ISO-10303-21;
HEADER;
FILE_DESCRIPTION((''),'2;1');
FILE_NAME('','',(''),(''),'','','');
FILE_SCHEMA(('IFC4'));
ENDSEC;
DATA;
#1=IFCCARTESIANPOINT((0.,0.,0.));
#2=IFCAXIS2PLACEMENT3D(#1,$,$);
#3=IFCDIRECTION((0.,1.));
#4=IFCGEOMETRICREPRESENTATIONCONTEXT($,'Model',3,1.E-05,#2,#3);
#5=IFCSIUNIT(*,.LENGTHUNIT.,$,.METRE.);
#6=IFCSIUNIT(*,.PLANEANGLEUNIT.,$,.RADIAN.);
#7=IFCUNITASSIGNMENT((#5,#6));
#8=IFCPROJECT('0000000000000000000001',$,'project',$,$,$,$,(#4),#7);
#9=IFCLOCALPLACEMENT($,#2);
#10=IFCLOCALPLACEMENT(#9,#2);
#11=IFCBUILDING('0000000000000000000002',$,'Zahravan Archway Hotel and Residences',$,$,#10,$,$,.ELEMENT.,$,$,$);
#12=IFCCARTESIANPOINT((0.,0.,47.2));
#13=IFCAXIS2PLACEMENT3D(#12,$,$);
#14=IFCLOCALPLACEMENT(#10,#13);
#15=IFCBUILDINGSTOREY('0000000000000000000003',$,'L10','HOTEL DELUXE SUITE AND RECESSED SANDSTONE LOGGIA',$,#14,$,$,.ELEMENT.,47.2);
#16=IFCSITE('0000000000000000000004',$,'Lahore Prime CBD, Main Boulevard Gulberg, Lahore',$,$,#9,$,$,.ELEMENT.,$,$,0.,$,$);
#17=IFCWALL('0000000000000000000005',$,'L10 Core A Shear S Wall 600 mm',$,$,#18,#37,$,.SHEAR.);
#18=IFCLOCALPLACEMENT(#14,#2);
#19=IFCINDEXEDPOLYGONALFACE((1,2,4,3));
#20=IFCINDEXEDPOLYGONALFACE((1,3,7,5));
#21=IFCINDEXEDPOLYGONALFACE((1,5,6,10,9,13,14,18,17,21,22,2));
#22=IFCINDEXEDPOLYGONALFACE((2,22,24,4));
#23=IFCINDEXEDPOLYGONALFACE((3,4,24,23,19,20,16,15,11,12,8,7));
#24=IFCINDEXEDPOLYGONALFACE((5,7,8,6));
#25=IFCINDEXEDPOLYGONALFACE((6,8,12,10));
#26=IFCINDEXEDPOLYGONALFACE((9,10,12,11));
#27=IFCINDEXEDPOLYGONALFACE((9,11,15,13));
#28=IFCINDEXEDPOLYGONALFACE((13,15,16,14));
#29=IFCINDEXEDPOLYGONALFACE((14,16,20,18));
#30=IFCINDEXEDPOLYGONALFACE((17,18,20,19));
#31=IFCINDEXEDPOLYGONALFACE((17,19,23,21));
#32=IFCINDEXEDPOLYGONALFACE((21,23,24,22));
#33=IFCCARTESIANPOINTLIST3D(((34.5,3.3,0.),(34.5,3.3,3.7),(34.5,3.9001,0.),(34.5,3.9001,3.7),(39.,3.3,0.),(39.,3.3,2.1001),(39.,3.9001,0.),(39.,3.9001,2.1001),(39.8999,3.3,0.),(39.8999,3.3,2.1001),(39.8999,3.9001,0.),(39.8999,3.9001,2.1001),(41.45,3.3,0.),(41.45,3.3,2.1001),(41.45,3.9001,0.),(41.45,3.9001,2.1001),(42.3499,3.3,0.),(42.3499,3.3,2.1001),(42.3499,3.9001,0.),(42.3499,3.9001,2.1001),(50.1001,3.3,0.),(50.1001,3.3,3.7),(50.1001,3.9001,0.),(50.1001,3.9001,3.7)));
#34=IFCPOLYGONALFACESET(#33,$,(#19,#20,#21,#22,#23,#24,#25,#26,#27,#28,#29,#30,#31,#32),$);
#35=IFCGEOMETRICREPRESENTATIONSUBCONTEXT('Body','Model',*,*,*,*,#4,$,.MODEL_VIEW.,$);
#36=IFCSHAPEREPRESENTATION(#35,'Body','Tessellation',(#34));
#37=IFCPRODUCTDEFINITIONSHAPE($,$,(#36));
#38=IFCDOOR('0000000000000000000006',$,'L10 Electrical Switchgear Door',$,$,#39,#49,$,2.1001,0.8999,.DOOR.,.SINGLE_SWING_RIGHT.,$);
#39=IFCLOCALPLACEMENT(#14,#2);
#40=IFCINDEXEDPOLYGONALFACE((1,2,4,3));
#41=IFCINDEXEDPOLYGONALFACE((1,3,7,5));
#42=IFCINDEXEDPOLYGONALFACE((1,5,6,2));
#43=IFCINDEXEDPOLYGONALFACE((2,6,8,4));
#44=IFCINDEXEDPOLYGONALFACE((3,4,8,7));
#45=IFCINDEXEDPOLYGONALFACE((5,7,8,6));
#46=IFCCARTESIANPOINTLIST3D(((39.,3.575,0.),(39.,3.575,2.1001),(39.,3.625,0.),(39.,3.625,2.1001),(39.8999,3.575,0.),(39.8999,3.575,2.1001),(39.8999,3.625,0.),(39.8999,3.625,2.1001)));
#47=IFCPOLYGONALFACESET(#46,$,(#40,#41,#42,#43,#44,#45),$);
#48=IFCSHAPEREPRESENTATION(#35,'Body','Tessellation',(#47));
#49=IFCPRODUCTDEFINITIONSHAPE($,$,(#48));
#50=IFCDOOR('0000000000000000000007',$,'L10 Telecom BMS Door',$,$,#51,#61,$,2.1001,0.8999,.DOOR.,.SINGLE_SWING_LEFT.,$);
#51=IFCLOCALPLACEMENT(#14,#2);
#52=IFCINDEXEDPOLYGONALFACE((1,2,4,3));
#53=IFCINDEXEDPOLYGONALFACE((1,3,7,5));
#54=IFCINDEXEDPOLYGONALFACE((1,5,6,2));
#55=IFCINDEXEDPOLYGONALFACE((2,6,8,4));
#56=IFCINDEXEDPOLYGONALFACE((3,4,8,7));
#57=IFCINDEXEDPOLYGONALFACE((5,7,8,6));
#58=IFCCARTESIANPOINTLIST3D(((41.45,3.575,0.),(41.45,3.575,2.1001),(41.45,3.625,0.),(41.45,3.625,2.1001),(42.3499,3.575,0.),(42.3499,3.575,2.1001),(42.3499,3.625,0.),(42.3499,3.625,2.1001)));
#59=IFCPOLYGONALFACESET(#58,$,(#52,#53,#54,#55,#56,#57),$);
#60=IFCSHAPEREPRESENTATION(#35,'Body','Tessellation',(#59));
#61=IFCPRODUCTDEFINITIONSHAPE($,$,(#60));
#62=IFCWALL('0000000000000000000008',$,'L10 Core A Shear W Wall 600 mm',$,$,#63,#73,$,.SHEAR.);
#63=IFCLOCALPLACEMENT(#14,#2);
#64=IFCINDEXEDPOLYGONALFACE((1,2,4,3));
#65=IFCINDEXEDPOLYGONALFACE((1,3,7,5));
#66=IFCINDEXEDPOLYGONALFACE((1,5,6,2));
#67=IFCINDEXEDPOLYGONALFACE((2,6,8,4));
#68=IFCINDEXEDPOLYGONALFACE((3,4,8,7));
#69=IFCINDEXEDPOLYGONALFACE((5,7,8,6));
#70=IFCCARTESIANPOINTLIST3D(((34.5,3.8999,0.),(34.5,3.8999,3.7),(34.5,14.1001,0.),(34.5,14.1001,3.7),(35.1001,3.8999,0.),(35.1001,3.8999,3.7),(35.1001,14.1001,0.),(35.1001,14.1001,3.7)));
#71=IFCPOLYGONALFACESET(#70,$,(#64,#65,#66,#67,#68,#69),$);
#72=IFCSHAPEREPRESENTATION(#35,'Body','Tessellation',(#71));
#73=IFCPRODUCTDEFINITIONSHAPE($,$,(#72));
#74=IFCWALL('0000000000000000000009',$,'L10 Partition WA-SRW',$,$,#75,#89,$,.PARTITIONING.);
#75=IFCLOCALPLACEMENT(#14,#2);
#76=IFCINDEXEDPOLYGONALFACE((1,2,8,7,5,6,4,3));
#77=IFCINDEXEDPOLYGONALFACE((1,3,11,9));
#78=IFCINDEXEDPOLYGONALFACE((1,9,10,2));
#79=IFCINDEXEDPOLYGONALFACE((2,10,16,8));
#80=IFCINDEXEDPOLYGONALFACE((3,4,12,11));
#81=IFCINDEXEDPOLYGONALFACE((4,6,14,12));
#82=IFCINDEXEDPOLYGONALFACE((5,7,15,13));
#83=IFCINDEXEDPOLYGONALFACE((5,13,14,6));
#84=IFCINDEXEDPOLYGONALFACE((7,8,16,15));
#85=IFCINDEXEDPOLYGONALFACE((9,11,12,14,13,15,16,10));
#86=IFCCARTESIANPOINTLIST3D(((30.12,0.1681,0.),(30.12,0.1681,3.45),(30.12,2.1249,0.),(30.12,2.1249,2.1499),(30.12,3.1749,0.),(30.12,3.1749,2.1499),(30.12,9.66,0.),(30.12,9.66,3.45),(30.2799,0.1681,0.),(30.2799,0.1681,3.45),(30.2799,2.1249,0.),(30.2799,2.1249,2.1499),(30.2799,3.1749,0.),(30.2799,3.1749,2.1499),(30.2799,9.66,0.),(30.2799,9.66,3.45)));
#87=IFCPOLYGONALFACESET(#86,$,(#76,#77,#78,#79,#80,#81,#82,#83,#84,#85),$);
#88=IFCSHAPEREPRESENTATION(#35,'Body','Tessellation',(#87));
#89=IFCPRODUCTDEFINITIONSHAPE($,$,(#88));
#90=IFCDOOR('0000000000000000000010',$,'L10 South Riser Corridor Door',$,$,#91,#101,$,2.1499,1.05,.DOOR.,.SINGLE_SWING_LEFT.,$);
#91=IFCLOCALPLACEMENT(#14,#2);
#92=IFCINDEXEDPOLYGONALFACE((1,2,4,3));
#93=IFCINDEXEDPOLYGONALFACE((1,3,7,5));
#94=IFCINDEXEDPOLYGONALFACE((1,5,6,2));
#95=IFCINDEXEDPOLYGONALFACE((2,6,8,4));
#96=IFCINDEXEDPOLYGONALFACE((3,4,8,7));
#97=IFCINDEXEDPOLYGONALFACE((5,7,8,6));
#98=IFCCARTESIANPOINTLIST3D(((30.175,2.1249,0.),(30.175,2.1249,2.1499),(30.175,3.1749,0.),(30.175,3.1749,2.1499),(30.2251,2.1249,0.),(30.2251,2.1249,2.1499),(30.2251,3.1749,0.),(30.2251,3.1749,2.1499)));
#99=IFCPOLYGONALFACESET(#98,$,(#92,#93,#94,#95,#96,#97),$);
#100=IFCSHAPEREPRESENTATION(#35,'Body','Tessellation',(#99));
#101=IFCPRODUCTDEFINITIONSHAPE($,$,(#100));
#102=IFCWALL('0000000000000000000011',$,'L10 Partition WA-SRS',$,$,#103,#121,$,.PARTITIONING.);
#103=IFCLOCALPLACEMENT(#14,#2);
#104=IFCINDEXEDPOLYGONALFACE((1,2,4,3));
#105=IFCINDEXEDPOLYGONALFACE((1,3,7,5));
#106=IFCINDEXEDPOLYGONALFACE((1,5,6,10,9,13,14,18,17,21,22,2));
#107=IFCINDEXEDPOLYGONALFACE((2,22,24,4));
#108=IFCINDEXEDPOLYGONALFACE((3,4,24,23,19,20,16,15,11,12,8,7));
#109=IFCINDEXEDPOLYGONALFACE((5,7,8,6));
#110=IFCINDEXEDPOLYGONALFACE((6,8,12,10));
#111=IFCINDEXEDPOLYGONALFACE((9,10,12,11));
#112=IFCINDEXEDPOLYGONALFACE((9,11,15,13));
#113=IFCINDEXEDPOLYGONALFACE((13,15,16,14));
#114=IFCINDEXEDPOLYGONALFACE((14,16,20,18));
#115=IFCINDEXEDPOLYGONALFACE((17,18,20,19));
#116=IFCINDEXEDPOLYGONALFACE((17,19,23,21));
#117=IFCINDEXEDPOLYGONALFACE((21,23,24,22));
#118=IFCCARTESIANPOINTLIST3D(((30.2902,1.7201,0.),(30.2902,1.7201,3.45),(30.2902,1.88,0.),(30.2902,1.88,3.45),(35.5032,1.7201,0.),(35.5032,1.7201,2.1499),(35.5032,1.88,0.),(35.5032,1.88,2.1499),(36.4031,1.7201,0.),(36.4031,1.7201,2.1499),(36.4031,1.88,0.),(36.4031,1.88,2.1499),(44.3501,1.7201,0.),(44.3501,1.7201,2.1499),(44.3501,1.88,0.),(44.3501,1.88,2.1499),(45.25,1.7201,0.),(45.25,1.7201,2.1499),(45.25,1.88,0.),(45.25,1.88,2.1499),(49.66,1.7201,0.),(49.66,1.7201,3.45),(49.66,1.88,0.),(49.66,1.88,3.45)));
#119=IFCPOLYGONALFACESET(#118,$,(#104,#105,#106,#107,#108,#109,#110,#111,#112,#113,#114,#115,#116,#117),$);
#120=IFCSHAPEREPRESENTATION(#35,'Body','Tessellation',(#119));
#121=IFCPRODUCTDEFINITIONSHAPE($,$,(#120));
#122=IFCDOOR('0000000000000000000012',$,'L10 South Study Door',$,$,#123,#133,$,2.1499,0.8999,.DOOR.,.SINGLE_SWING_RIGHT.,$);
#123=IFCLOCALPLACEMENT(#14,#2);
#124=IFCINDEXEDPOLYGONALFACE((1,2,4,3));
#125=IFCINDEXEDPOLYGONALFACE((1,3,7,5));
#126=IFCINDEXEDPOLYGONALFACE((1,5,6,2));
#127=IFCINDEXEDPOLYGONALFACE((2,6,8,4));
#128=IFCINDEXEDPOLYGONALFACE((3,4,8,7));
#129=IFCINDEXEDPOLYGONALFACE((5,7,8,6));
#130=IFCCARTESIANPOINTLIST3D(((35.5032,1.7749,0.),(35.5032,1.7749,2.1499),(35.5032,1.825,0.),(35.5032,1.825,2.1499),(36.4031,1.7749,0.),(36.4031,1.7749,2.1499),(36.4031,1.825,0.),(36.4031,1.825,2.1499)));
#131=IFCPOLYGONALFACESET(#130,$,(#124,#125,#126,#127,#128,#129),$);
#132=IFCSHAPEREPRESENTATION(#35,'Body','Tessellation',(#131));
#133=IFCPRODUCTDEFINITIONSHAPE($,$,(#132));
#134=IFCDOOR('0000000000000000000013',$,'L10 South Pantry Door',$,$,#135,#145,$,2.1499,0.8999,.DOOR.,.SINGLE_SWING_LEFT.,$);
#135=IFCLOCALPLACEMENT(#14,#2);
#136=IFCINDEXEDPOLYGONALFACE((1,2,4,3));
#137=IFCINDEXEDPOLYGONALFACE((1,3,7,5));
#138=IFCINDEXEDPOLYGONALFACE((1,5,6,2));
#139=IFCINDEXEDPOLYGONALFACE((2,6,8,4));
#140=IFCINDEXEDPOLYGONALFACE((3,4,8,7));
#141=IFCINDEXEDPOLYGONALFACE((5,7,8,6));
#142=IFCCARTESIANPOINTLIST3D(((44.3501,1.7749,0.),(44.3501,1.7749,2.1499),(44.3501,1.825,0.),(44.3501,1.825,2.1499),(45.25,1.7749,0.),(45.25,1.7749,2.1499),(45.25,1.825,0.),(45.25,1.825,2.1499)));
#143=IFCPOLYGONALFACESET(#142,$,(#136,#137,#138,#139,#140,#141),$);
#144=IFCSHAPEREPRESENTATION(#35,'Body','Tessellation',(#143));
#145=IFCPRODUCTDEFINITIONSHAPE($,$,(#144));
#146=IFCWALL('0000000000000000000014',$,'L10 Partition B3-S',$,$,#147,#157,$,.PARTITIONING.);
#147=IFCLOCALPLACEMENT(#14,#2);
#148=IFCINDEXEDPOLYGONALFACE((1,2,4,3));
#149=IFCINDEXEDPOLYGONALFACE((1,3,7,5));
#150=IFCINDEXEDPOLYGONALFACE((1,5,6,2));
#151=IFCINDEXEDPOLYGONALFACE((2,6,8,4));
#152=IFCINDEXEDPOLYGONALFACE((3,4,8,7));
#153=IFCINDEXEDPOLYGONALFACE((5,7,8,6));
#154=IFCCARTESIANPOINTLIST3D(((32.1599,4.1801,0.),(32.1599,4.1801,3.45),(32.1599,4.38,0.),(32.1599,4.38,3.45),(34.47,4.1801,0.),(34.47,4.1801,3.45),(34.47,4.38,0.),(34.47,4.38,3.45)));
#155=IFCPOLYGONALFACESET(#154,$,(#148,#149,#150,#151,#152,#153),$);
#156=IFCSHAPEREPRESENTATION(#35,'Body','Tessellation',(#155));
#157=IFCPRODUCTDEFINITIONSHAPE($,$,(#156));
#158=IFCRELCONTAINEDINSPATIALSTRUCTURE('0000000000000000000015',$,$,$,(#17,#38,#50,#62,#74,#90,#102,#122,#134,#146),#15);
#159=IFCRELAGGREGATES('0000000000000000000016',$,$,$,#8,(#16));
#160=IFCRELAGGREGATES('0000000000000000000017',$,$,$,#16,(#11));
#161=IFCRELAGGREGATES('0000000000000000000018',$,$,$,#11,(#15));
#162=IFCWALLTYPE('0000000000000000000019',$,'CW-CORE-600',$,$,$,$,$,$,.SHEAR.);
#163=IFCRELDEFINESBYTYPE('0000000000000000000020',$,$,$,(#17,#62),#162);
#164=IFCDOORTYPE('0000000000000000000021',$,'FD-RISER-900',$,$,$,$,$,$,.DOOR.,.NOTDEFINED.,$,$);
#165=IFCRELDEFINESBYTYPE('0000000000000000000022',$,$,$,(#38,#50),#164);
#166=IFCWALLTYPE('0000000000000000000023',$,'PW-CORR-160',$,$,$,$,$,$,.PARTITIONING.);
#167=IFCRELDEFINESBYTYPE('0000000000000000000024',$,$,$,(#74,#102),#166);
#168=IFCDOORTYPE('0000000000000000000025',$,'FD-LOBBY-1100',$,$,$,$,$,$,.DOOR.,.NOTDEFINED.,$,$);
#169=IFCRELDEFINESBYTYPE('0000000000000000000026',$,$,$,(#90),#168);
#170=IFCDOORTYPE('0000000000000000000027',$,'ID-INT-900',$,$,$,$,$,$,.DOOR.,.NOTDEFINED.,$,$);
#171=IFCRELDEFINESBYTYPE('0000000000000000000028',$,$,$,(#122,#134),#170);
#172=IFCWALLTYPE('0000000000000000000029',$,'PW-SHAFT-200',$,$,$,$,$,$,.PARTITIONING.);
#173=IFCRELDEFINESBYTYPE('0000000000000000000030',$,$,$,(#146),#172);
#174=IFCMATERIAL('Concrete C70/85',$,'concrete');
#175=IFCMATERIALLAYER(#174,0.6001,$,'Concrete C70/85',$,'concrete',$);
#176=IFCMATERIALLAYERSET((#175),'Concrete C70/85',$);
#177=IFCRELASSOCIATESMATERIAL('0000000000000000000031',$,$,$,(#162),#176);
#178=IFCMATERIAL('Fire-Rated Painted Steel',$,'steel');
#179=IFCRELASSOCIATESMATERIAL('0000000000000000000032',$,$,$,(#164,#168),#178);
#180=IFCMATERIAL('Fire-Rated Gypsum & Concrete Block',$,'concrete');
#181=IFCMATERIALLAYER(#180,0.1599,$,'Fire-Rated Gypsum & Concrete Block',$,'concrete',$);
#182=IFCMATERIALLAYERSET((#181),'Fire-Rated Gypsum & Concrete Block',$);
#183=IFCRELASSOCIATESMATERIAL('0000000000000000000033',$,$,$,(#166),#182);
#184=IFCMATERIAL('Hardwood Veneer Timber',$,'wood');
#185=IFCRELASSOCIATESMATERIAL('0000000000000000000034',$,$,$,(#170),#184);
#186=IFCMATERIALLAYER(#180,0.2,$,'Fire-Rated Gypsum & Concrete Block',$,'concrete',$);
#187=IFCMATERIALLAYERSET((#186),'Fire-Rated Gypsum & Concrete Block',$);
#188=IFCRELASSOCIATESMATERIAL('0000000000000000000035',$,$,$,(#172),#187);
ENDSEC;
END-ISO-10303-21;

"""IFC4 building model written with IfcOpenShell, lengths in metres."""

from ifc_helpers import new_model, si_unit, direction, frame, frame_2d, origin, place, context, subcontext, project, spatial, rectangle, extrude, source, transform, mapped, material, layer, layer_set, type_object, type_shapes, element, fill, save


model = new_model("IFC4")

# Units and contexts
model_context = context("Model", 3, precision=1e-05, world=origin(), true_north=direction((0.0, 1.0)))
body_context = subcontext(model_context, "Body", "Model", "MODEL_VIEW")
ifc_project = project(units=[si_unit("LENGTHUNIT", "METRE"), si_unit("PLANEANGLEUNIT", "RADIAN")], contexts=[model_context])

# Site, building, storey
site_placement = place(None, origin())
site = spatial("IfcSite", under=ifc_project, at=site_placement, Name="Lahore Prime CBD, Main Boulevard Gulberg, Lahore", CompositionType="ELEMENT", RefElevation=0.0)
building_placement = place(site_placement, origin())
building = spatial("IfcBuilding", under=site, at=building_placement, Name="Zahravan Archway Hotel and Residences", CompositionType="ELEMENT")
storey_placement = place(building_placement, frame((0.0, 0.0, 47.2)))
storey = spatial("IfcBuildingStorey", under=building, at=storey_placement, Name="L10", Description="HOTEL DELUXE SUITE AND RECESSED SANDSTONE LOGGIA", CompositionType="ELEMENT", Elevation=47.2)

# Shared definitions
ifc_material_1 = material(Name="Concrete C70/85", Category="concrete")

# Wall, openings, doors
ifc_layer_1 = layer(ifc_material_1, 0.6001, Name="Concrete C70/85", Category="concrete")
ifc_layer_set_1 = layer_set([ifc_layer_1], Name="Concrete C70/85")
wall_type_1 = type_object("IfcWallType", Name="CW-CORE-600", PredefinedType="SHEAR", material=ifc_layer_set_1)
wall_1_placement = place(storey_placement, frame((34.5, 3.6001, 0.0), z_axis=(0.0, 0.0, 1.0), x_axis=(1.0, 0.0, 0.0)))
wall_1 = element("IfcWall", 1, at=wall_1_placement, inside=storey, type_object=wall_type_1, Name="L10 Core A Shear S Wall 600 mm", PredefinedType="SHEAR", context=body_context, shape_type="SweptSolid", body=[
    extrude(rectangle(XDim=15.6001, YDim=0.6001, at=frame_2d((7.8, 0.0))), origin(), (0.0, 0.0, 1.0), 3.7),
])
opening_1_placement = place(wall_1_placement, frame((4.5, 0.0, 0.0)))
opening_1 = element("IfcOpeningElement", 2, at=opening_1_placement, cuts=wall_1, PredefinedType="OPENING", context=body_context, shape_type="SweptSolid", body=[
    extrude(rectangle(XDim=0.8999, YDim=2.1001, at=frame_2d((0.45, 1.05))), frame((0.0, 0.3101, 0.0), z_axis=(0.0, -1.0, 0.0), x_axis=(1.0, 0.0, 0.0)), (0.0, 0.0, 1.0), 0.6201),
])
opening_2_placement = place(wall_1_placement, frame((6.95, 0.0, 0.0)))
opening_2 = element("IfcOpeningElement", 3, at=opening_2_placement, cuts=wall_1, PredefinedType="OPENING", context=body_context, shape_type="SweptSolid", body=[
    extrude(rectangle(XDim=0.8999, YDim=2.1001, at=frame_2d((0.45, 1.05))), frame((0.0, 0.3101, 0.0), z_axis=(0.0, -1.0, 0.0), x_axis=(1.0, 0.0, 0.0)), (0.0, 0.0, 1.0), 0.6201),
])
ifc_material_2 = material(Name="Fire-Rated Painted Steel", Category="steel")
door_type_1 = type_object("IfcDoorType", Name="FD-RISER-900", OperationType="NOTDEFINED", PredefinedType="DOOR", material=ifc_material_2)
shared_shape_1 = source(origin(), body_context, "Body", "SweptSolid", [
    extrude(rectangle(XDim=0.8999, YDim=2.1001, at=frame_2d((0.45, 1.05))), frame((0.0, 0.0249, 0.0), z_axis=(0.0, -1.0, 0.0), x_axis=(1.0, 0.0, 0.0)), (0.0, 0.0, 1.0), 0.05),
])
type_shapes(door_type_1, [shared_shape_1])
door_1_placement = place(opening_1_placement, origin())
door_1 = element("IfcDoor", 4, at=door_1_placement, inside=storey, type_object=door_type_1, Name="L10 Electrical Switchgear Door", OperationType="SINGLE_SWING_RIGHT", OverallHeight=2.1001, OverallWidth=0.8999, PredefinedType="DOOR", context=body_context, shape_type="MappedRepresentation", body=[
    mapped(shared_shape_1, transform((0.0, 0.0, 0.0), scale=1.0)),
])
fill(opening_1, door_1)
door_2_placement = place(opening_2_placement, origin())
door_2 = element("IfcDoor", 5, at=door_2_placement, inside=storey, type_object=door_type_1, Name="L10 Telecom BMS Door", OperationType="SINGLE_SWING_LEFT", OverallHeight=2.1001, OverallWidth=0.8999, PredefinedType="DOOR", context=body_context, shape_type="MappedRepresentation", body=[
    mapped(shared_shape_1, transform((0.0, 0.0, 0.0), scale=1.0)),
])
fill(opening_2, door_2)

# Wall
wall_2_placement = place(storey_placement, frame((34.8, 3.8999, 0.0), z_axis=(0.0, 0.0, 1.0), x_axis=(0.0, 1.0, 0.0)))
element("IfcWall", 6, at=wall_2_placement, inside=storey, type_object=wall_type_1, Name="L10 Core A Shear W Wall 600 mm", PredefinedType="SHEAR", context=body_context, shape_type="SweptSolid", body=[
    extrude(rectangle(XDim=10.2002, YDim=0.6001, at=frame_2d((5.1001, 0.0))), origin(), (0.0, 0.0, 1.0), 3.7),
])

# Wall, opening, door
ifc_material_3 = material(Name="Fire-Rated Gypsum & Concrete Block", Category="concrete")
ifc_layer_2 = layer(ifc_material_3, 0.1599, Name="Fire-Rated Gypsum & Concrete Block", Category="concrete")
ifc_layer_set_2 = layer_set([ifc_layer_2], Name="Fire-Rated Gypsum & Concrete Block")
wall_type_2 = type_object("IfcWallType", Name="PW-CORR-160", PredefinedType="PARTITIONING", material=ifc_layer_set_2)
wall_3_placement = place(storey_placement, frame((30.2, 0.168, 0.0), z_axis=(0.0, 0.0, 1.0), x_axis=(0.0, 1.0, 0.0)))
wall_3 = element("IfcWall", 7, at=wall_3_placement, inside=storey, type_object=wall_type_2, Name="L10 Partition WA-SRW", PredefinedType="PARTITIONING", context=body_context, shape_type="SweptSolid", body=[
    extrude(rectangle(XDim=9.4919, YDim=0.1599, at=frame_2d((4.7461, 0.0))), origin(), (0.0, 0.0, 1.0), 3.45),
])
opening_3_placement = place(wall_3_placement, frame((1.957, 0.0, 0.0)))
opening_3 = element("IfcOpeningElement", 8, at=opening_3_placement, cuts=wall_3, PredefinedType="OPENING", context=body_context, shape_type="SweptSolid", body=[
    extrude(rectangle(XDim=1.05, YDim=2.1499, at=frame_2d((0.5249, 1.075))), frame((0.0, 0.0898, 0.0), z_axis=(0.0, -1.0, 0.0), x_axis=(1.0, 0.0, 0.0)), (0.0, 0.0, 1.0), 0.1799),
])
door_type_2 = type_object("IfcDoorType", Name="FD-LOBBY-1100", OperationType="NOTDEFINED", PredefinedType="DOOR", material=ifc_material_2)
shared_shape_2 = source(origin(), body_context, "Body", "SweptSolid", [
    extrude(rectangle(XDim=1.05, YDim=2.1499, at=frame_2d((0.5249, 1.075))), frame((0.0, 0.0249, 0.0), z_axis=(0.0, -1.0, 0.0), x_axis=(1.0, 0.0, 0.0)), (0.0, 0.0, 1.0), 0.05),
])
type_shapes(door_type_2, [shared_shape_2])
door_3_placement = place(opening_3_placement, origin())
door_3 = element("IfcDoor", 9, at=door_3_placement, inside=storey, type_object=door_type_2, Name="L10 South Riser Corridor Door", OperationType="SINGLE_SWING_LEFT", OverallHeight=2.1499, OverallWidth=1.05, PredefinedType="DOOR", context=body_context, shape_type="MappedRepresentation", body=[
    mapped(shared_shape_2, transform((0.0, 0.0, 0.0), scale=1.0)),
])
fill(opening_3, door_3)

# Wall, openings, doors
wall_4_placement = place(storey_placement, frame((30.29, 1.8, 0.0), z_axis=(0.0, 0.0, 1.0), x_axis=(1.0, 0.0, 0.0)))
wall_4 = element("IfcWall", 10, at=wall_4_placement, inside=storey, type_object=wall_type_2, Name="L10 Partition WA-SRS", PredefinedType="PARTITIONING", context=body_context, shape_type="SweptSolid", body=[
    extrude(rectangle(XDim=19.3699, YDim=0.1599, at=frame_2d((9.6851, 0.0))), origin(), (0.0, 0.0, 1.0), 3.45),
])
opening_4_placement = place(wall_4_placement, frame((5.2131, 0.0, 0.0)))
opening_4 = element("IfcOpeningElement", 11, at=opening_4_placement, cuts=wall_4, PredefinedType="OPENING", context=body_context, shape_type="SweptSolid", body=[
    extrude(rectangle(XDim=0.8999, YDim=2.1499, at=frame_2d((0.45, 1.075))), frame((0.0, 0.0898, 0.0), z_axis=(0.0, -1.0, 0.0), x_axis=(1.0, 0.0, 0.0)), (0.0, 0.0, 1.0), 0.1799),
])
opening_5_placement = place(wall_4_placement, frame((14.0601, 0.0, 0.0)))
opening_5 = element("IfcOpeningElement", 12, at=opening_5_placement, cuts=wall_4, PredefinedType="OPENING", context=body_context, shape_type="SweptSolid", body=[
    extrude(rectangle(XDim=0.8999, YDim=2.1499, at=frame_2d((0.45, 1.075))), frame((0.0, 0.0898, 0.0), z_axis=(0.0, -1.0, 0.0), x_axis=(1.0, 0.0, 0.0)), (0.0, 0.0, 1.0), 0.1799),
])
ifc_material_4 = material(Name="Hardwood Veneer Timber", Category="wood")
door_type_3 = type_object("IfcDoorType", Name="ID-INT-900", OperationType="NOTDEFINED", PredefinedType="DOOR", material=ifc_material_4)
shared_shape_3 = source(origin(), body_context, "Body", "SweptSolid", [
    extrude(rectangle(XDim=0.8999, YDim=2.1499, at=frame_2d((0.45, 1.075))), frame((0.0, 0.0249, 0.0), z_axis=(0.0, -1.0, 0.0), x_axis=(1.0, 0.0, 0.0)), (0.0, 0.0, 1.0), 0.05),
])
type_shapes(door_type_3, [shared_shape_3])
door_4_placement = place(opening_4_placement, origin())
door_4 = element("IfcDoor", 13, at=door_4_placement, inside=storey, type_object=door_type_3, Name="L10 South Study Door", OperationType="SINGLE_SWING_RIGHT", OverallHeight=2.1499, OverallWidth=0.8999, PredefinedType="DOOR", context=body_context, shape_type="MappedRepresentation", body=[
    mapped(shared_shape_3, transform((0.0, 0.0, 0.0), scale=1.0)),
])
fill(opening_4, door_4)
door_5_placement = place(opening_5_placement, origin())
door_5 = element("IfcDoor", 14, at=door_5_placement, inside=storey, type_object=door_type_3, Name="L10 South Pantry Door", OperationType="SINGLE_SWING_LEFT", OverallHeight=2.1499, OverallWidth=0.8999, PredefinedType="DOOR", context=body_context, shape_type="MappedRepresentation", body=[
    mapped(shared_shape_3, transform((0.0, 0.0, 0.0), scale=1.0)),
])
fill(opening_5, door_5)

# Wall
ifc_layer_3 = layer(ifc_material_3, 0.2, Name="Fire-Rated Gypsum & Concrete Block", Category="concrete")
ifc_layer_set_3 = layer_set([ifc_layer_3], Name="Fire-Rated Gypsum & Concrete Block")
wall_type_3 = type_object("IfcWallType", Name="PW-SHAFT-200", PredefinedType="PARTITIONING", material=ifc_layer_set_3)
wall_5_placement = place(storey_placement, frame((32.1599, 4.28, 0.0), z_axis=(0.0, 0.0, 1.0), x_axis=(1.0, 0.0, 0.0)))
element("IfcWall", 15, at=wall_5_placement, inside=storey, type_object=wall_type_3, Name="L10 Partition B3-S", PredefinedType="PARTITIONING", context=body_context, shape_type="SweptSolid", body=[
    extrude(rectangle(XDim=2.3101, YDim=0.2, at=frame_2d((1.155, 0.0))), origin(), (0.0, 0.0, 1.0), 3.45),
])

save(model, "model.ifc")
